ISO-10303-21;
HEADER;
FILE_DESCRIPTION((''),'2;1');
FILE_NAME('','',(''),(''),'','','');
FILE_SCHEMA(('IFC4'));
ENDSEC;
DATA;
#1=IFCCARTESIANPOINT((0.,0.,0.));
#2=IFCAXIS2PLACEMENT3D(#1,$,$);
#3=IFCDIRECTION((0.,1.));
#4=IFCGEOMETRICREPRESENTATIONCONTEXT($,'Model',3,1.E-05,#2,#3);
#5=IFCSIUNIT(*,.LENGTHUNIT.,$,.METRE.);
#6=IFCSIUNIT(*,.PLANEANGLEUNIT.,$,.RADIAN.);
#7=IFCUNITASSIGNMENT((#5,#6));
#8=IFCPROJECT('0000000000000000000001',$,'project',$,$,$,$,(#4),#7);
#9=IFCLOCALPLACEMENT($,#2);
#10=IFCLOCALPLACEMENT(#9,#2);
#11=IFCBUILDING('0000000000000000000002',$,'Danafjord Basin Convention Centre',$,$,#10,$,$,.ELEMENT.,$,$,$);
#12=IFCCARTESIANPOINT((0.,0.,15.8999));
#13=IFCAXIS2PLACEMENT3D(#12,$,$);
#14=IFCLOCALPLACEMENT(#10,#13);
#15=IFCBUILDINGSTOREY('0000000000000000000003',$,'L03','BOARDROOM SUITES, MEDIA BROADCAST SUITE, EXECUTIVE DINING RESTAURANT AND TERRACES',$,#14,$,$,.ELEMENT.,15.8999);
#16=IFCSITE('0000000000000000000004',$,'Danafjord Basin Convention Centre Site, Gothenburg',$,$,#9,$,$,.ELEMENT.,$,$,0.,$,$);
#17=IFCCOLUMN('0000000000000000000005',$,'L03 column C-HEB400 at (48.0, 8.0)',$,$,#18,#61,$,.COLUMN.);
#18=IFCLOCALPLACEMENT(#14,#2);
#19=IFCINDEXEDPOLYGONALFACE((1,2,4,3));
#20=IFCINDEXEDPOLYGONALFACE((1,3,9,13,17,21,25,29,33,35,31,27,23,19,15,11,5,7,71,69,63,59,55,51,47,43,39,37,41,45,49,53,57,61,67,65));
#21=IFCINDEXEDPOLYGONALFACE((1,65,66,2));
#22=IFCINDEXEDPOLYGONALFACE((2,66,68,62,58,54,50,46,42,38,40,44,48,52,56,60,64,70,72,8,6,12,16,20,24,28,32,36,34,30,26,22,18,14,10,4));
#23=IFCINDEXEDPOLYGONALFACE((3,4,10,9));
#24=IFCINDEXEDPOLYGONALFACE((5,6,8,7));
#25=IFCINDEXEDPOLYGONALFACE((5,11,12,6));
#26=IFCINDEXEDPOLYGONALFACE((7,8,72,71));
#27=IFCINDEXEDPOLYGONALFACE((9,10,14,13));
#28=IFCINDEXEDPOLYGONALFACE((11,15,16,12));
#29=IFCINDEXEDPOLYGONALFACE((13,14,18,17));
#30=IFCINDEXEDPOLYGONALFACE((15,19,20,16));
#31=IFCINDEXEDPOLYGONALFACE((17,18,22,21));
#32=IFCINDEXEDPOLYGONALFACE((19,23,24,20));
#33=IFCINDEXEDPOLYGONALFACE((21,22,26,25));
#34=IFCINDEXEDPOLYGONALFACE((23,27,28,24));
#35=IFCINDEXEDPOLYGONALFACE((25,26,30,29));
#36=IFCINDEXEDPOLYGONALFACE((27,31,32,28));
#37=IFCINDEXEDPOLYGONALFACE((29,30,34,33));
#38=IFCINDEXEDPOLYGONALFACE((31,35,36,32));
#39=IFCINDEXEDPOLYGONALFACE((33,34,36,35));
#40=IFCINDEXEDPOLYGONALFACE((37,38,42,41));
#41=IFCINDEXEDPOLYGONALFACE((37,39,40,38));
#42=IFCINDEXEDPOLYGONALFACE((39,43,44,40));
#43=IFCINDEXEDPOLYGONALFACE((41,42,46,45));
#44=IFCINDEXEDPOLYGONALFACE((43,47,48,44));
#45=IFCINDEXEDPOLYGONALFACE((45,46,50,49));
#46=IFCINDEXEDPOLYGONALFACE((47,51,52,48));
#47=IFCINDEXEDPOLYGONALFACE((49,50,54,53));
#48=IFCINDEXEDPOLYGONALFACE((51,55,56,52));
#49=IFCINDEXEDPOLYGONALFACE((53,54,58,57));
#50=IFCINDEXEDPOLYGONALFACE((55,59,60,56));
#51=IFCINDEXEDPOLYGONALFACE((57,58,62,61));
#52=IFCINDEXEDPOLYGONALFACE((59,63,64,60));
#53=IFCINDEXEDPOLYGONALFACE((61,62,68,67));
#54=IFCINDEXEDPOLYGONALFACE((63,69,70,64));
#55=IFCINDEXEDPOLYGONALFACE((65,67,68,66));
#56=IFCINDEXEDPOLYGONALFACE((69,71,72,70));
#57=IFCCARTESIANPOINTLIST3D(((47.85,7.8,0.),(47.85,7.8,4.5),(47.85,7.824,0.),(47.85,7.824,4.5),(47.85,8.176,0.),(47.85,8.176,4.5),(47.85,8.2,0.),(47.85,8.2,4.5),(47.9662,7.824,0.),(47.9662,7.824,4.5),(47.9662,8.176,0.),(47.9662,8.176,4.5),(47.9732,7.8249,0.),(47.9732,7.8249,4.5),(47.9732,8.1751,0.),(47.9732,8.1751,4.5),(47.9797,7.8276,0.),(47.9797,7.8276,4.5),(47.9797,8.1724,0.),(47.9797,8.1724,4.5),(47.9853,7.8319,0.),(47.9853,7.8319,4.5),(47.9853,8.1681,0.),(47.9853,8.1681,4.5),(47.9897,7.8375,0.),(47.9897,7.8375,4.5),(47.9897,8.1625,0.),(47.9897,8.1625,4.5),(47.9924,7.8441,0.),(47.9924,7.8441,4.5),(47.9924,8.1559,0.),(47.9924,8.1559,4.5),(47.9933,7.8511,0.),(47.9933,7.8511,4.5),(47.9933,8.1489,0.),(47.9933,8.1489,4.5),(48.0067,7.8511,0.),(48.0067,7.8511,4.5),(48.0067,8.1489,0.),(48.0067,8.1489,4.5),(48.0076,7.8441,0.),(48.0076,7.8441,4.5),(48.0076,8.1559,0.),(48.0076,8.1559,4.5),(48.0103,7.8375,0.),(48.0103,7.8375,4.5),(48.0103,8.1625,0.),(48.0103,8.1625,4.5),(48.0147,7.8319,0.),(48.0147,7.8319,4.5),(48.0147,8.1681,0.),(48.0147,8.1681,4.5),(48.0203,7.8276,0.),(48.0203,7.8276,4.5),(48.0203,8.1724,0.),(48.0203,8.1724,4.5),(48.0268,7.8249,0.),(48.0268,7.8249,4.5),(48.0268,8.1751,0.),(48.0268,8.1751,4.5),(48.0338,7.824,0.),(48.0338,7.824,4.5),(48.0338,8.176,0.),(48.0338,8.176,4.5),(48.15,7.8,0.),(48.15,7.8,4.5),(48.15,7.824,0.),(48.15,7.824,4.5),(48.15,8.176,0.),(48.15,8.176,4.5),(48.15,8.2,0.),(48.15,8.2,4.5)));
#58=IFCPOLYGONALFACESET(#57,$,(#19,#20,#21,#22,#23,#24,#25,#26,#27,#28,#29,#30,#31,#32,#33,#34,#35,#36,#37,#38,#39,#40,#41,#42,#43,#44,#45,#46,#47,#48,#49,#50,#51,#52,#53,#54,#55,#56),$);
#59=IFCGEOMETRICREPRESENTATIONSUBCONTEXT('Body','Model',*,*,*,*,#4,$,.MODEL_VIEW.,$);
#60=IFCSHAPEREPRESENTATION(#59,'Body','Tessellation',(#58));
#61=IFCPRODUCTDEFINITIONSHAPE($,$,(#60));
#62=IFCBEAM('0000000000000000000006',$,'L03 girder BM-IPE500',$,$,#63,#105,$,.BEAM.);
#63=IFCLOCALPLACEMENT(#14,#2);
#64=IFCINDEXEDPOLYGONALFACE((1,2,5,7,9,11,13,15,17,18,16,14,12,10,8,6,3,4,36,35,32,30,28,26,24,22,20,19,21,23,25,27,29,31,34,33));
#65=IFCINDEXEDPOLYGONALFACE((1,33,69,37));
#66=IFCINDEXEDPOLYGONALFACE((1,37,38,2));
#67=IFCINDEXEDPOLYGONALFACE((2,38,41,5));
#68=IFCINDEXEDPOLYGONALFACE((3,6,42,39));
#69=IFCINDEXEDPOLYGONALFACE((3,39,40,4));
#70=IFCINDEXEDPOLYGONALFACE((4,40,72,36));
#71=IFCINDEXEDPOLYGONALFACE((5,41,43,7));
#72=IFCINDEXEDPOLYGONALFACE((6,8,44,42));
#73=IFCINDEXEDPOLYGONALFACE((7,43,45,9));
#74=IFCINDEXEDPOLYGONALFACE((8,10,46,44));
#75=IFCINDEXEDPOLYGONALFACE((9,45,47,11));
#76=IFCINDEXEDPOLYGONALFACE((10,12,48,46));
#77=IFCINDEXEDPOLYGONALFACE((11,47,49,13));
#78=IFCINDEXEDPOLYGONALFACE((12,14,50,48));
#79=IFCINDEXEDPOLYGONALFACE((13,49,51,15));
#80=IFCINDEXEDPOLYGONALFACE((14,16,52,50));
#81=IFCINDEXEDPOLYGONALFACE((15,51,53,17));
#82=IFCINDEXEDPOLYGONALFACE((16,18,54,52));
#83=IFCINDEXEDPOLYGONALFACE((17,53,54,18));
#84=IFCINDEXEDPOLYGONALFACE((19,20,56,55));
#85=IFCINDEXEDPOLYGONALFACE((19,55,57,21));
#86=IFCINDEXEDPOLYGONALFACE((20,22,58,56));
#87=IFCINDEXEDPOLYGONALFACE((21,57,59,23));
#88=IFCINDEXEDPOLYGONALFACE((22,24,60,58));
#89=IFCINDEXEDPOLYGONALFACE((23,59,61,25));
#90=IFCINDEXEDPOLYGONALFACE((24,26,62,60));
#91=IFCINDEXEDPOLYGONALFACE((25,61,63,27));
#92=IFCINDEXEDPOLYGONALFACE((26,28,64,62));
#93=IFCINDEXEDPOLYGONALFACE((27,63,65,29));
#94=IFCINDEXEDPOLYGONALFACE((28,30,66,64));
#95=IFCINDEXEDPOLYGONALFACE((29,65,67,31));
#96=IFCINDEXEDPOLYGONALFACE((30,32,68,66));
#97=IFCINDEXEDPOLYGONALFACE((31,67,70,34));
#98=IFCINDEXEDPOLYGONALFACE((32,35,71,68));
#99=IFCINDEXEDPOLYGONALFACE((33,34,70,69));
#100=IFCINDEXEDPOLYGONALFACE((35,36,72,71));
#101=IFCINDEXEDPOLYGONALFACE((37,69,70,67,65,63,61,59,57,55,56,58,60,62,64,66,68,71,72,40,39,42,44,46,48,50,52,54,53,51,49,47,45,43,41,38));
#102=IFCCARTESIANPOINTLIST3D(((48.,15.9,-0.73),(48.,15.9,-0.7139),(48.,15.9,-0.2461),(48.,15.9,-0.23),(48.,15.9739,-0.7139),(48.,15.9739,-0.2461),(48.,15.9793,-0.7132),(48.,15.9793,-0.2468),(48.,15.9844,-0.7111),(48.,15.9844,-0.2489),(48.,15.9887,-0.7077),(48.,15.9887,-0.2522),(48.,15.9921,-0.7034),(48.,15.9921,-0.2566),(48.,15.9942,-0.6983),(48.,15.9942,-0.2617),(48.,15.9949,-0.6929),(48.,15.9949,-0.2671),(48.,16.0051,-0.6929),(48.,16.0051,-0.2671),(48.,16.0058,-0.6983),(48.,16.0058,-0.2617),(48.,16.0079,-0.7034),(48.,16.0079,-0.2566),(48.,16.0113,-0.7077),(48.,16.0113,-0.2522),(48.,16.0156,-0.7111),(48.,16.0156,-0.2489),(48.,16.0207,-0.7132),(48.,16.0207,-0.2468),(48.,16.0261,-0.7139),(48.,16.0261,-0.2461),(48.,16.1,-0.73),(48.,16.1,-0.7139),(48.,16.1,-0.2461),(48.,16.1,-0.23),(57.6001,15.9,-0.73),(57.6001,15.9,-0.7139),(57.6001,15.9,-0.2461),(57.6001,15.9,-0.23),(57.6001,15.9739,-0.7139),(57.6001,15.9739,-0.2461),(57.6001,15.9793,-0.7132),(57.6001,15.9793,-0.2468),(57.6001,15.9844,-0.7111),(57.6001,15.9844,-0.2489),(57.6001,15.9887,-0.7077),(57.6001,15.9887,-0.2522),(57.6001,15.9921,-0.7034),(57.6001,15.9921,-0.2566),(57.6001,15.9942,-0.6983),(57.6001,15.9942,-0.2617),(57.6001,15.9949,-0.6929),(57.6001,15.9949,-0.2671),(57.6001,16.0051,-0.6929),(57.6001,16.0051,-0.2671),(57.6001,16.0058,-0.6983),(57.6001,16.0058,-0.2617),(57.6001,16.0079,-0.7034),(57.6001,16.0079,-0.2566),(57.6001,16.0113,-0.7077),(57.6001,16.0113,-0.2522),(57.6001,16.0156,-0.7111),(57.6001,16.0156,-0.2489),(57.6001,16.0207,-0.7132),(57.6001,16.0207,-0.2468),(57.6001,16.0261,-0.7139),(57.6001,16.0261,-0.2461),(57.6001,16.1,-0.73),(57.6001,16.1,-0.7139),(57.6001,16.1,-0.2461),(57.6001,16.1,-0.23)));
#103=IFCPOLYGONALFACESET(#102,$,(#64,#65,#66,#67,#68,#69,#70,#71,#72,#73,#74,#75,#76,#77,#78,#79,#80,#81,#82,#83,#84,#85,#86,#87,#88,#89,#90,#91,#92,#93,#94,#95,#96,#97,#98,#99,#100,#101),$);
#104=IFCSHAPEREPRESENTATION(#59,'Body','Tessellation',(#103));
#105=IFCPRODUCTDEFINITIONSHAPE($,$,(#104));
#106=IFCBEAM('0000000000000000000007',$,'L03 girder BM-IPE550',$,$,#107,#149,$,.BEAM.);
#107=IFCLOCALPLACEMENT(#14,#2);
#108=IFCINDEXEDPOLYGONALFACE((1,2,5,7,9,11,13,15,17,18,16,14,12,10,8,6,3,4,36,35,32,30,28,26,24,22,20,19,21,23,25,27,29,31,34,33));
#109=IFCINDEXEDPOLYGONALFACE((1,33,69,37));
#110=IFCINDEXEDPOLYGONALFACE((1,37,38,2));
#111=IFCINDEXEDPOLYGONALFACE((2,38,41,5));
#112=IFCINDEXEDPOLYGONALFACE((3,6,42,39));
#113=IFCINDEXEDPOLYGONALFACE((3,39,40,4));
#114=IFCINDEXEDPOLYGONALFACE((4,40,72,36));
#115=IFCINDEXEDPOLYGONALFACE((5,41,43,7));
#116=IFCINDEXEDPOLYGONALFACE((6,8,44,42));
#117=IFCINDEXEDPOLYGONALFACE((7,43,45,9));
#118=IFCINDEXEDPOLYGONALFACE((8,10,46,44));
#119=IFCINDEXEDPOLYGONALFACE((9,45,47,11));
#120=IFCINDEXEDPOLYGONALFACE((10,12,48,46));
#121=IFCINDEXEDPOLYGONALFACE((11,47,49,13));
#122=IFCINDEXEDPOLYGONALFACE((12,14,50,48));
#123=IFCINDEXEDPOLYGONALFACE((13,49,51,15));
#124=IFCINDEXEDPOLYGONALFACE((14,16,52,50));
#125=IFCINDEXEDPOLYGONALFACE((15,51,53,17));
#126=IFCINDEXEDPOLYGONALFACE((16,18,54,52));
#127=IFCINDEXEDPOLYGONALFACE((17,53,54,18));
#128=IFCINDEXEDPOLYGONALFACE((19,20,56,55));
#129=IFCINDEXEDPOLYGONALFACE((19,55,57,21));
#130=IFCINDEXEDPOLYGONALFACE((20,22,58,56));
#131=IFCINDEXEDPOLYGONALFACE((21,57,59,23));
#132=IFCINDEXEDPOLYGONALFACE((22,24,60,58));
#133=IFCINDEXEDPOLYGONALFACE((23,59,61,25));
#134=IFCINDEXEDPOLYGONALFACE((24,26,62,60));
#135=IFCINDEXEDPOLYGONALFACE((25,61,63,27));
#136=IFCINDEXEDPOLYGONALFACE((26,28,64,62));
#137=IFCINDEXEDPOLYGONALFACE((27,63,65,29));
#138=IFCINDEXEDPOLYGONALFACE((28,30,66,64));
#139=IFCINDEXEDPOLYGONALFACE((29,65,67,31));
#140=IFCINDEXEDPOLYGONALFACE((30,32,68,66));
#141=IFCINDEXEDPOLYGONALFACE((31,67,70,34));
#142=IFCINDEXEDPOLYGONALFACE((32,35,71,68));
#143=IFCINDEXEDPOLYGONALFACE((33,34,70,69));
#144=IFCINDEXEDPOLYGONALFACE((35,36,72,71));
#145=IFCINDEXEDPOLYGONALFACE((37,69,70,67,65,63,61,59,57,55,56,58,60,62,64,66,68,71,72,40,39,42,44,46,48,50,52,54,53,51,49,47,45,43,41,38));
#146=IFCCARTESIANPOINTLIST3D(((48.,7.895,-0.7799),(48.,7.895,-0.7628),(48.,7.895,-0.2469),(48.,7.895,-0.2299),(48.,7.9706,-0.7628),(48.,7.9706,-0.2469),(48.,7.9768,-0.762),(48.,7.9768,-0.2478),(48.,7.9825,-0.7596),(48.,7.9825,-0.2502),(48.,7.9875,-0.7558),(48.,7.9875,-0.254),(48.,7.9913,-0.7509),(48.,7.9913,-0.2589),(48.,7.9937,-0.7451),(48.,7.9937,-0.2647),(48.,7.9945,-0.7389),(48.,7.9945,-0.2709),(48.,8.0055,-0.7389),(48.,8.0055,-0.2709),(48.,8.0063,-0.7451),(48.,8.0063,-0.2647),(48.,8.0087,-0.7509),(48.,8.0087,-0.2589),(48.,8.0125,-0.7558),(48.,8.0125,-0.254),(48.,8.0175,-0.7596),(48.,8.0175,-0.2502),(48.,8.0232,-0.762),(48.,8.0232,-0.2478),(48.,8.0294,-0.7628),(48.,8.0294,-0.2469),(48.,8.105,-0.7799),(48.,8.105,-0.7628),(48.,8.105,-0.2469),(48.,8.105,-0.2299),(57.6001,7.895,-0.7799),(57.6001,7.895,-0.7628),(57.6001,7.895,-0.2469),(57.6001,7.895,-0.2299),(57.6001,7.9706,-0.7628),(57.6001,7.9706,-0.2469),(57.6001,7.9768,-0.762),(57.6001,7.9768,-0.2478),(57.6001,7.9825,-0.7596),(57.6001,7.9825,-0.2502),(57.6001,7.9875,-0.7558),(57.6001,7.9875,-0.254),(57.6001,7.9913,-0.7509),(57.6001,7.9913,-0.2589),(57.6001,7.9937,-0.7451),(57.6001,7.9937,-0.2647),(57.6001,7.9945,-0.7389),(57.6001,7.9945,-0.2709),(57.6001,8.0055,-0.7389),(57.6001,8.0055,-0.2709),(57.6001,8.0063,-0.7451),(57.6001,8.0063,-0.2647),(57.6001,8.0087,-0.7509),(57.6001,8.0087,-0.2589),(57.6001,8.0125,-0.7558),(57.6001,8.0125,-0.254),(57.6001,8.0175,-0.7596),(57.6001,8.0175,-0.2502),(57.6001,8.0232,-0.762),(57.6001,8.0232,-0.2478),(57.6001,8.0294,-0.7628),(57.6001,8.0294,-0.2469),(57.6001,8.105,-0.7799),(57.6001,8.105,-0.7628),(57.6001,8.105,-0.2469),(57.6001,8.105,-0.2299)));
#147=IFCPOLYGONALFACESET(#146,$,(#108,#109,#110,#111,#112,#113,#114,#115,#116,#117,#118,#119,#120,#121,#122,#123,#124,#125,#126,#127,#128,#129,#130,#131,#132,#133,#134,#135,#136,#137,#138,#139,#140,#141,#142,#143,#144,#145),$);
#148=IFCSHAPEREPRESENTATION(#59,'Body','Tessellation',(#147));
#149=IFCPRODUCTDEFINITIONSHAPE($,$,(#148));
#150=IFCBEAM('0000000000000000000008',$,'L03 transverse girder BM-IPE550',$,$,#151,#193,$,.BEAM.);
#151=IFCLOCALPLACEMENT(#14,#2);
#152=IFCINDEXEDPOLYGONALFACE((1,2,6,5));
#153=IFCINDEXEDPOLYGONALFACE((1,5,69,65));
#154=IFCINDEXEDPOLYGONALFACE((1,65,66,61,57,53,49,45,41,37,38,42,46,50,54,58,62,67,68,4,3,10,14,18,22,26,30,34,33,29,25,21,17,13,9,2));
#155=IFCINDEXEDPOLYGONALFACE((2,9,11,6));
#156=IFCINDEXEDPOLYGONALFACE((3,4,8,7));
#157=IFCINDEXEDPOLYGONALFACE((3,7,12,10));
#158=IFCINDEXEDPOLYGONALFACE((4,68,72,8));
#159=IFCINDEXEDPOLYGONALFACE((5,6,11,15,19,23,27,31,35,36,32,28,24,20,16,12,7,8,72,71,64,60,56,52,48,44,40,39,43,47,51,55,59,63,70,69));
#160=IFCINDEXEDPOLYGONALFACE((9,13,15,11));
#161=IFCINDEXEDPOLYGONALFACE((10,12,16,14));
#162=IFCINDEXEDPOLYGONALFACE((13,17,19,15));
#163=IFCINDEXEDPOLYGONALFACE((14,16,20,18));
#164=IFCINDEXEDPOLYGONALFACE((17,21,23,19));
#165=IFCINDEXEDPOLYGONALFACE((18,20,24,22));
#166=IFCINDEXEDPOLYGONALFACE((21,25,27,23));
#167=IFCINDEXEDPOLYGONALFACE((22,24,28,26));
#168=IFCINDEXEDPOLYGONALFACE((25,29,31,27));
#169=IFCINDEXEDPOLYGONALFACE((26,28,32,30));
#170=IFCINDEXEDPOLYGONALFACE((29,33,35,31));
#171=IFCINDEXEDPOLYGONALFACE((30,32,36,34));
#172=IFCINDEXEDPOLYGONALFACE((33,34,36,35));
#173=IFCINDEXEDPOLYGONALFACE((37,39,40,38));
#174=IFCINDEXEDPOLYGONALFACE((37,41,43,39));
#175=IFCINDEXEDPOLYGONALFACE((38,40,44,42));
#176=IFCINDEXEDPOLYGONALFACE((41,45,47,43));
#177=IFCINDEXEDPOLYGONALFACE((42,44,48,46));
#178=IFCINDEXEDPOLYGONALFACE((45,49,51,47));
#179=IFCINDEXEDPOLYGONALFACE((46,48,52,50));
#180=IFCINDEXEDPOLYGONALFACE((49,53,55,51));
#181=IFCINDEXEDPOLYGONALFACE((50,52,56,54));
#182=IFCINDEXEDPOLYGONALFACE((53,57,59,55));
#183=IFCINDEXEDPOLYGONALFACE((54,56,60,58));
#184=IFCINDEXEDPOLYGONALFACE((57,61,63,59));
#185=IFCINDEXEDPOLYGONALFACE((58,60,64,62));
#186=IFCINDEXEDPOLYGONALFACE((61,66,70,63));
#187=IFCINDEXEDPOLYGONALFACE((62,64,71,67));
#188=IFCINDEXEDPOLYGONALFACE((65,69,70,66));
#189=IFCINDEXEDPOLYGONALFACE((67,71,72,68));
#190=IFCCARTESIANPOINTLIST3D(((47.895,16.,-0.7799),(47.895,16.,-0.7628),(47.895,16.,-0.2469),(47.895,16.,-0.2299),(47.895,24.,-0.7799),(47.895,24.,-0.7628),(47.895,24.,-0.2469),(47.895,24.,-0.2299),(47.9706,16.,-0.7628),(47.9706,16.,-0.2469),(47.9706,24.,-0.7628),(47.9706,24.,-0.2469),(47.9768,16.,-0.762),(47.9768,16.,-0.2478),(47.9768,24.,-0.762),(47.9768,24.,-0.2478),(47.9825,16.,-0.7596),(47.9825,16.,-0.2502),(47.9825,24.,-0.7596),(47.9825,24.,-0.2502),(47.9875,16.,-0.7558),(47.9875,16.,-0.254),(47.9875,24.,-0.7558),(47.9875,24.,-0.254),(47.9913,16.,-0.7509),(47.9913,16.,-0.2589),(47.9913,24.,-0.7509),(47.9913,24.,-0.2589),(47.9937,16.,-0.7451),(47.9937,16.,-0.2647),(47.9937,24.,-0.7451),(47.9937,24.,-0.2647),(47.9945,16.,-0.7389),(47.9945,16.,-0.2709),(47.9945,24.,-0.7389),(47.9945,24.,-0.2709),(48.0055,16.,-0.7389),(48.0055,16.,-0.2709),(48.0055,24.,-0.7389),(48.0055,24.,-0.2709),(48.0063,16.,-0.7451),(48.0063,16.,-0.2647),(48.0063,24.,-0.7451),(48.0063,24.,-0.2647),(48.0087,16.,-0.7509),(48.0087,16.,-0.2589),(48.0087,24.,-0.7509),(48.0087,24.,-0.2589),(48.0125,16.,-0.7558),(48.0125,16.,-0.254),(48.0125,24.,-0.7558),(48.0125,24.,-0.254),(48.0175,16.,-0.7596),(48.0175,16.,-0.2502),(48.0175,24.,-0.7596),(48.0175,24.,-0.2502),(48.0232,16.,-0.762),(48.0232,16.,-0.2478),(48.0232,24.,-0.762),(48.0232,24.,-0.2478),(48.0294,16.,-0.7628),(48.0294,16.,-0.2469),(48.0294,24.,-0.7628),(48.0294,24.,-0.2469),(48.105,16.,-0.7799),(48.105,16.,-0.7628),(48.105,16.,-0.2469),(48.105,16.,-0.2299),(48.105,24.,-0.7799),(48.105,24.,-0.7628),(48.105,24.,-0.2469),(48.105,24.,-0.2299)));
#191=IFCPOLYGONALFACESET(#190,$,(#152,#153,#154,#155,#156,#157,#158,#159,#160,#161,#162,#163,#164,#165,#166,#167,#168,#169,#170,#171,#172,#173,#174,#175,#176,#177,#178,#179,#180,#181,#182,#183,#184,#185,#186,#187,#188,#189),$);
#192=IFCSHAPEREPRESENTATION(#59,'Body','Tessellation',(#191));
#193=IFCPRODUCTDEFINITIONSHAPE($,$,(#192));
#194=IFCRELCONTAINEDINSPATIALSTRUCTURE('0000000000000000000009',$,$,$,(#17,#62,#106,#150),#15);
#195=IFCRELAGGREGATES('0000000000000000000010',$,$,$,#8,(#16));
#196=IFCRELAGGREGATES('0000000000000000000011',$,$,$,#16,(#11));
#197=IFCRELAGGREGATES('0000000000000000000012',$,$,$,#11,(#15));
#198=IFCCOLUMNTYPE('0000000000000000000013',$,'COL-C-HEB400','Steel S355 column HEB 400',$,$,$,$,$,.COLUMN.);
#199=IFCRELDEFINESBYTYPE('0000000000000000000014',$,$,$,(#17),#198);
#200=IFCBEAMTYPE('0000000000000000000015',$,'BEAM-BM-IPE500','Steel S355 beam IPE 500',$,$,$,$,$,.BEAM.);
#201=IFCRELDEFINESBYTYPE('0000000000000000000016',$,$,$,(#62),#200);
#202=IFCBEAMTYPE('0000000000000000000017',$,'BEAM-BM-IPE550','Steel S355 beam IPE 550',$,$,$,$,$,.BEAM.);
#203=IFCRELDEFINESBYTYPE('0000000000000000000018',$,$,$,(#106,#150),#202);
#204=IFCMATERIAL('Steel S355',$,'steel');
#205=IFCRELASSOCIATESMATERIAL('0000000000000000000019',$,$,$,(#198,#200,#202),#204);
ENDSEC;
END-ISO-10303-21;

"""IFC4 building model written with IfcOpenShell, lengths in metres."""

from ifc_helpers import new_model, si_unit, direction, frame, origin, origin_2d, place, context, subcontext, project, spatial, i_section, extrude, material, material_profile, profile_set, type_object, element, save


model = new_model("IFC4")

# Units and contexts
model_context = context("Model", 3, precision=1e-05, world=origin(), true_north=direction((0.0, 1.0)))
body_context = subcontext(model_context, "Body", "Model", "MODEL_VIEW")
ifc_project = project(units=[si_unit("LENGTHUNIT", "METRE"), si_unit("PLANEANGLEUNIT", "RADIAN")], contexts=[model_context])

# Site, building, storey
site_placement = place(None, origin())
site = spatial("IfcSite", under=ifc_project, at=site_placement, Name="Danafjord Basin Convention Centre Site, Gothenburg", CompositionType="ELEMENT", RefElevation=0.0)
building_placement = place(site_placement, origin())
building = spatial("IfcBuilding", under=site, at=building_placement, Name="Danafjord Basin Convention Centre", CompositionType="ELEMENT")
storey_placement = place(building_placement, frame((0.0, 0.0, 15.8999)))
storey = spatial("IfcBuildingStorey", under=building, at=storey_placement, Name="L03", Description="BOARDROOM SUITES, MEDIA BROADCAST SUITE, EXECUTIVE DINING RESTAURANT AND TERRACES", CompositionType="ELEMENT", Elevation=15.8999)

# Column
ifc_material_1 = material(Name="Steel S355", Category="steel")
ifc_material_profile_1 = material_profile(ifc_material_1, i_section(OverallWidth=0.3, OverallDepth=0.3999, WebThickness=0.0134, FlangeThickness=0.0239, FilletRadius=0.0271, at=origin_2d()), Name="HEB 400")
ifc_profile_set_1 = profile_set([ifc_material_profile_1], Name="Steel S355")
column_type_1 = type_object("IfcColumnType", Name="COL-C-HEB400", Description="Steel S355 column HEB 400", PredefinedType="COLUMN", material=ifc_profile_set_1)
column_1_placement = place(storey_placement, frame((48.0, 8.0, 0.0), z_axis=(0.0, 0.0, 1.0), x_axis=(1.0, 0.0, 0.0)))
element("IfcColumn", 1, at=column_1_placement, inside=storey, type_object=column_type_1, Name="L03 column C-HEB400 at (48.0, 8.0)", PredefinedType="COLUMN", context=body_context, shape_type="SweptSolid", body=[
    extrude(i_section(OverallWidth=0.3, OverallDepth=0.3999, WebThickness=0.0134, FlangeThickness=0.0239, FilletRadius=0.0271, at=origin_2d()), origin(), (0.0, 0.0, 1.0), 4.5),
])

# Beams
ifc_material_profile_2 = material_profile(ifc_material_1, i_section(OverallWidth=0.2, OverallDepth=0.5, WebThickness=0.0103, FlangeThickness=0.0161, FilletRadius=0.021, at=origin_2d()), Name="IPE 500")
ifc_profile_set_2 = profile_set([ifc_material_profile_2], Name="Steel S355")
beam_type_1 = type_object("IfcBeamType", Name="BEAM-BM-IPE500", Description="Steel S355 beam IPE 500", PredefinedType="BEAM", material=ifc_profile_set_2)
beam_1_placement = place(storey_placement, frame((48.0, 16.0, -0.48), z_axis=(1.0, 0.0, 0.0), x_axis=(0.0, 1.0, 0.0)))
element("IfcBeam", 2, at=beam_1_placement, inside=storey, type_object=beam_type_1, Name="L03 girder BM-IPE500", PredefinedType="BEAM", context=body_context, shape_type="SweptSolid", body=[
    extrude(i_section(OverallWidth=0.2, OverallDepth=0.5, WebThickness=0.0103, FlangeThickness=0.0161, FilletRadius=0.021, at=origin_2d()), origin(), (0.0, 0.0, 1.0), 9.6001),
])
ifc_material_profile_3 = material_profile(ifc_material_1, i_section(OverallWidth=0.21, OverallDepth=0.55, WebThickness=0.011, FlangeThickness=0.0171, FilletRadius=0.0239, at=origin_2d()), Name="IPE 550")
ifc_profile_set_3 = profile_set([ifc_material_profile_3], Name="Steel S355")
beam_type_2 = type_object("IfcBeamType", Name="BEAM-BM-IPE550", Description="Steel S355 beam IPE 550", PredefinedType="BEAM", material=ifc_profile_set_3)
beam_2_placement = place(storey_placement, frame((48.0, 8.0, -0.5049), z_axis=(1.0, 0.0, 0.0), x_axis=(0.0, 1.0, 0.0)))
element("IfcBeam", 3, at=beam_2_placement, inside=storey, type_object=beam_type_2, Name="L03 girder BM-IPE550", PredefinedType="BEAM", context=body_context, shape_type="SweptSolid", body=[
    extrude(i_section(OverallWidth=0.21, OverallDepth=0.55, WebThickness=0.011, FlangeThickness=0.0171, FilletRadius=0.0239, at=origin_2d()), origin(), (0.0, 0.0, 1.0), 9.6001),
])
beam_3_placement = place(storey_placement, frame((48.0, 16.0, -0.5049), z_axis=(0.0, 1.0, 0.0), x_axis=(-1.0, 0.0, 0.0)))
element("IfcBeam", 4, at=beam_3_placement, inside=storey, type_object=beam_type_2, Name="L03 transverse girder BM-IPE550", PredefinedType="BEAM", context=body_context, shape_type="SweptSolid", body=[
    extrude(i_section(OverallWidth=0.21, OverallDepth=0.55, WebThickness=0.011, FlangeThickness=0.0171, FilletRadius=0.0239, at=origin_2d()), origin(), (0.0, 0.0, 1.0), 8.0),
])

save(model, "model.ifc")
